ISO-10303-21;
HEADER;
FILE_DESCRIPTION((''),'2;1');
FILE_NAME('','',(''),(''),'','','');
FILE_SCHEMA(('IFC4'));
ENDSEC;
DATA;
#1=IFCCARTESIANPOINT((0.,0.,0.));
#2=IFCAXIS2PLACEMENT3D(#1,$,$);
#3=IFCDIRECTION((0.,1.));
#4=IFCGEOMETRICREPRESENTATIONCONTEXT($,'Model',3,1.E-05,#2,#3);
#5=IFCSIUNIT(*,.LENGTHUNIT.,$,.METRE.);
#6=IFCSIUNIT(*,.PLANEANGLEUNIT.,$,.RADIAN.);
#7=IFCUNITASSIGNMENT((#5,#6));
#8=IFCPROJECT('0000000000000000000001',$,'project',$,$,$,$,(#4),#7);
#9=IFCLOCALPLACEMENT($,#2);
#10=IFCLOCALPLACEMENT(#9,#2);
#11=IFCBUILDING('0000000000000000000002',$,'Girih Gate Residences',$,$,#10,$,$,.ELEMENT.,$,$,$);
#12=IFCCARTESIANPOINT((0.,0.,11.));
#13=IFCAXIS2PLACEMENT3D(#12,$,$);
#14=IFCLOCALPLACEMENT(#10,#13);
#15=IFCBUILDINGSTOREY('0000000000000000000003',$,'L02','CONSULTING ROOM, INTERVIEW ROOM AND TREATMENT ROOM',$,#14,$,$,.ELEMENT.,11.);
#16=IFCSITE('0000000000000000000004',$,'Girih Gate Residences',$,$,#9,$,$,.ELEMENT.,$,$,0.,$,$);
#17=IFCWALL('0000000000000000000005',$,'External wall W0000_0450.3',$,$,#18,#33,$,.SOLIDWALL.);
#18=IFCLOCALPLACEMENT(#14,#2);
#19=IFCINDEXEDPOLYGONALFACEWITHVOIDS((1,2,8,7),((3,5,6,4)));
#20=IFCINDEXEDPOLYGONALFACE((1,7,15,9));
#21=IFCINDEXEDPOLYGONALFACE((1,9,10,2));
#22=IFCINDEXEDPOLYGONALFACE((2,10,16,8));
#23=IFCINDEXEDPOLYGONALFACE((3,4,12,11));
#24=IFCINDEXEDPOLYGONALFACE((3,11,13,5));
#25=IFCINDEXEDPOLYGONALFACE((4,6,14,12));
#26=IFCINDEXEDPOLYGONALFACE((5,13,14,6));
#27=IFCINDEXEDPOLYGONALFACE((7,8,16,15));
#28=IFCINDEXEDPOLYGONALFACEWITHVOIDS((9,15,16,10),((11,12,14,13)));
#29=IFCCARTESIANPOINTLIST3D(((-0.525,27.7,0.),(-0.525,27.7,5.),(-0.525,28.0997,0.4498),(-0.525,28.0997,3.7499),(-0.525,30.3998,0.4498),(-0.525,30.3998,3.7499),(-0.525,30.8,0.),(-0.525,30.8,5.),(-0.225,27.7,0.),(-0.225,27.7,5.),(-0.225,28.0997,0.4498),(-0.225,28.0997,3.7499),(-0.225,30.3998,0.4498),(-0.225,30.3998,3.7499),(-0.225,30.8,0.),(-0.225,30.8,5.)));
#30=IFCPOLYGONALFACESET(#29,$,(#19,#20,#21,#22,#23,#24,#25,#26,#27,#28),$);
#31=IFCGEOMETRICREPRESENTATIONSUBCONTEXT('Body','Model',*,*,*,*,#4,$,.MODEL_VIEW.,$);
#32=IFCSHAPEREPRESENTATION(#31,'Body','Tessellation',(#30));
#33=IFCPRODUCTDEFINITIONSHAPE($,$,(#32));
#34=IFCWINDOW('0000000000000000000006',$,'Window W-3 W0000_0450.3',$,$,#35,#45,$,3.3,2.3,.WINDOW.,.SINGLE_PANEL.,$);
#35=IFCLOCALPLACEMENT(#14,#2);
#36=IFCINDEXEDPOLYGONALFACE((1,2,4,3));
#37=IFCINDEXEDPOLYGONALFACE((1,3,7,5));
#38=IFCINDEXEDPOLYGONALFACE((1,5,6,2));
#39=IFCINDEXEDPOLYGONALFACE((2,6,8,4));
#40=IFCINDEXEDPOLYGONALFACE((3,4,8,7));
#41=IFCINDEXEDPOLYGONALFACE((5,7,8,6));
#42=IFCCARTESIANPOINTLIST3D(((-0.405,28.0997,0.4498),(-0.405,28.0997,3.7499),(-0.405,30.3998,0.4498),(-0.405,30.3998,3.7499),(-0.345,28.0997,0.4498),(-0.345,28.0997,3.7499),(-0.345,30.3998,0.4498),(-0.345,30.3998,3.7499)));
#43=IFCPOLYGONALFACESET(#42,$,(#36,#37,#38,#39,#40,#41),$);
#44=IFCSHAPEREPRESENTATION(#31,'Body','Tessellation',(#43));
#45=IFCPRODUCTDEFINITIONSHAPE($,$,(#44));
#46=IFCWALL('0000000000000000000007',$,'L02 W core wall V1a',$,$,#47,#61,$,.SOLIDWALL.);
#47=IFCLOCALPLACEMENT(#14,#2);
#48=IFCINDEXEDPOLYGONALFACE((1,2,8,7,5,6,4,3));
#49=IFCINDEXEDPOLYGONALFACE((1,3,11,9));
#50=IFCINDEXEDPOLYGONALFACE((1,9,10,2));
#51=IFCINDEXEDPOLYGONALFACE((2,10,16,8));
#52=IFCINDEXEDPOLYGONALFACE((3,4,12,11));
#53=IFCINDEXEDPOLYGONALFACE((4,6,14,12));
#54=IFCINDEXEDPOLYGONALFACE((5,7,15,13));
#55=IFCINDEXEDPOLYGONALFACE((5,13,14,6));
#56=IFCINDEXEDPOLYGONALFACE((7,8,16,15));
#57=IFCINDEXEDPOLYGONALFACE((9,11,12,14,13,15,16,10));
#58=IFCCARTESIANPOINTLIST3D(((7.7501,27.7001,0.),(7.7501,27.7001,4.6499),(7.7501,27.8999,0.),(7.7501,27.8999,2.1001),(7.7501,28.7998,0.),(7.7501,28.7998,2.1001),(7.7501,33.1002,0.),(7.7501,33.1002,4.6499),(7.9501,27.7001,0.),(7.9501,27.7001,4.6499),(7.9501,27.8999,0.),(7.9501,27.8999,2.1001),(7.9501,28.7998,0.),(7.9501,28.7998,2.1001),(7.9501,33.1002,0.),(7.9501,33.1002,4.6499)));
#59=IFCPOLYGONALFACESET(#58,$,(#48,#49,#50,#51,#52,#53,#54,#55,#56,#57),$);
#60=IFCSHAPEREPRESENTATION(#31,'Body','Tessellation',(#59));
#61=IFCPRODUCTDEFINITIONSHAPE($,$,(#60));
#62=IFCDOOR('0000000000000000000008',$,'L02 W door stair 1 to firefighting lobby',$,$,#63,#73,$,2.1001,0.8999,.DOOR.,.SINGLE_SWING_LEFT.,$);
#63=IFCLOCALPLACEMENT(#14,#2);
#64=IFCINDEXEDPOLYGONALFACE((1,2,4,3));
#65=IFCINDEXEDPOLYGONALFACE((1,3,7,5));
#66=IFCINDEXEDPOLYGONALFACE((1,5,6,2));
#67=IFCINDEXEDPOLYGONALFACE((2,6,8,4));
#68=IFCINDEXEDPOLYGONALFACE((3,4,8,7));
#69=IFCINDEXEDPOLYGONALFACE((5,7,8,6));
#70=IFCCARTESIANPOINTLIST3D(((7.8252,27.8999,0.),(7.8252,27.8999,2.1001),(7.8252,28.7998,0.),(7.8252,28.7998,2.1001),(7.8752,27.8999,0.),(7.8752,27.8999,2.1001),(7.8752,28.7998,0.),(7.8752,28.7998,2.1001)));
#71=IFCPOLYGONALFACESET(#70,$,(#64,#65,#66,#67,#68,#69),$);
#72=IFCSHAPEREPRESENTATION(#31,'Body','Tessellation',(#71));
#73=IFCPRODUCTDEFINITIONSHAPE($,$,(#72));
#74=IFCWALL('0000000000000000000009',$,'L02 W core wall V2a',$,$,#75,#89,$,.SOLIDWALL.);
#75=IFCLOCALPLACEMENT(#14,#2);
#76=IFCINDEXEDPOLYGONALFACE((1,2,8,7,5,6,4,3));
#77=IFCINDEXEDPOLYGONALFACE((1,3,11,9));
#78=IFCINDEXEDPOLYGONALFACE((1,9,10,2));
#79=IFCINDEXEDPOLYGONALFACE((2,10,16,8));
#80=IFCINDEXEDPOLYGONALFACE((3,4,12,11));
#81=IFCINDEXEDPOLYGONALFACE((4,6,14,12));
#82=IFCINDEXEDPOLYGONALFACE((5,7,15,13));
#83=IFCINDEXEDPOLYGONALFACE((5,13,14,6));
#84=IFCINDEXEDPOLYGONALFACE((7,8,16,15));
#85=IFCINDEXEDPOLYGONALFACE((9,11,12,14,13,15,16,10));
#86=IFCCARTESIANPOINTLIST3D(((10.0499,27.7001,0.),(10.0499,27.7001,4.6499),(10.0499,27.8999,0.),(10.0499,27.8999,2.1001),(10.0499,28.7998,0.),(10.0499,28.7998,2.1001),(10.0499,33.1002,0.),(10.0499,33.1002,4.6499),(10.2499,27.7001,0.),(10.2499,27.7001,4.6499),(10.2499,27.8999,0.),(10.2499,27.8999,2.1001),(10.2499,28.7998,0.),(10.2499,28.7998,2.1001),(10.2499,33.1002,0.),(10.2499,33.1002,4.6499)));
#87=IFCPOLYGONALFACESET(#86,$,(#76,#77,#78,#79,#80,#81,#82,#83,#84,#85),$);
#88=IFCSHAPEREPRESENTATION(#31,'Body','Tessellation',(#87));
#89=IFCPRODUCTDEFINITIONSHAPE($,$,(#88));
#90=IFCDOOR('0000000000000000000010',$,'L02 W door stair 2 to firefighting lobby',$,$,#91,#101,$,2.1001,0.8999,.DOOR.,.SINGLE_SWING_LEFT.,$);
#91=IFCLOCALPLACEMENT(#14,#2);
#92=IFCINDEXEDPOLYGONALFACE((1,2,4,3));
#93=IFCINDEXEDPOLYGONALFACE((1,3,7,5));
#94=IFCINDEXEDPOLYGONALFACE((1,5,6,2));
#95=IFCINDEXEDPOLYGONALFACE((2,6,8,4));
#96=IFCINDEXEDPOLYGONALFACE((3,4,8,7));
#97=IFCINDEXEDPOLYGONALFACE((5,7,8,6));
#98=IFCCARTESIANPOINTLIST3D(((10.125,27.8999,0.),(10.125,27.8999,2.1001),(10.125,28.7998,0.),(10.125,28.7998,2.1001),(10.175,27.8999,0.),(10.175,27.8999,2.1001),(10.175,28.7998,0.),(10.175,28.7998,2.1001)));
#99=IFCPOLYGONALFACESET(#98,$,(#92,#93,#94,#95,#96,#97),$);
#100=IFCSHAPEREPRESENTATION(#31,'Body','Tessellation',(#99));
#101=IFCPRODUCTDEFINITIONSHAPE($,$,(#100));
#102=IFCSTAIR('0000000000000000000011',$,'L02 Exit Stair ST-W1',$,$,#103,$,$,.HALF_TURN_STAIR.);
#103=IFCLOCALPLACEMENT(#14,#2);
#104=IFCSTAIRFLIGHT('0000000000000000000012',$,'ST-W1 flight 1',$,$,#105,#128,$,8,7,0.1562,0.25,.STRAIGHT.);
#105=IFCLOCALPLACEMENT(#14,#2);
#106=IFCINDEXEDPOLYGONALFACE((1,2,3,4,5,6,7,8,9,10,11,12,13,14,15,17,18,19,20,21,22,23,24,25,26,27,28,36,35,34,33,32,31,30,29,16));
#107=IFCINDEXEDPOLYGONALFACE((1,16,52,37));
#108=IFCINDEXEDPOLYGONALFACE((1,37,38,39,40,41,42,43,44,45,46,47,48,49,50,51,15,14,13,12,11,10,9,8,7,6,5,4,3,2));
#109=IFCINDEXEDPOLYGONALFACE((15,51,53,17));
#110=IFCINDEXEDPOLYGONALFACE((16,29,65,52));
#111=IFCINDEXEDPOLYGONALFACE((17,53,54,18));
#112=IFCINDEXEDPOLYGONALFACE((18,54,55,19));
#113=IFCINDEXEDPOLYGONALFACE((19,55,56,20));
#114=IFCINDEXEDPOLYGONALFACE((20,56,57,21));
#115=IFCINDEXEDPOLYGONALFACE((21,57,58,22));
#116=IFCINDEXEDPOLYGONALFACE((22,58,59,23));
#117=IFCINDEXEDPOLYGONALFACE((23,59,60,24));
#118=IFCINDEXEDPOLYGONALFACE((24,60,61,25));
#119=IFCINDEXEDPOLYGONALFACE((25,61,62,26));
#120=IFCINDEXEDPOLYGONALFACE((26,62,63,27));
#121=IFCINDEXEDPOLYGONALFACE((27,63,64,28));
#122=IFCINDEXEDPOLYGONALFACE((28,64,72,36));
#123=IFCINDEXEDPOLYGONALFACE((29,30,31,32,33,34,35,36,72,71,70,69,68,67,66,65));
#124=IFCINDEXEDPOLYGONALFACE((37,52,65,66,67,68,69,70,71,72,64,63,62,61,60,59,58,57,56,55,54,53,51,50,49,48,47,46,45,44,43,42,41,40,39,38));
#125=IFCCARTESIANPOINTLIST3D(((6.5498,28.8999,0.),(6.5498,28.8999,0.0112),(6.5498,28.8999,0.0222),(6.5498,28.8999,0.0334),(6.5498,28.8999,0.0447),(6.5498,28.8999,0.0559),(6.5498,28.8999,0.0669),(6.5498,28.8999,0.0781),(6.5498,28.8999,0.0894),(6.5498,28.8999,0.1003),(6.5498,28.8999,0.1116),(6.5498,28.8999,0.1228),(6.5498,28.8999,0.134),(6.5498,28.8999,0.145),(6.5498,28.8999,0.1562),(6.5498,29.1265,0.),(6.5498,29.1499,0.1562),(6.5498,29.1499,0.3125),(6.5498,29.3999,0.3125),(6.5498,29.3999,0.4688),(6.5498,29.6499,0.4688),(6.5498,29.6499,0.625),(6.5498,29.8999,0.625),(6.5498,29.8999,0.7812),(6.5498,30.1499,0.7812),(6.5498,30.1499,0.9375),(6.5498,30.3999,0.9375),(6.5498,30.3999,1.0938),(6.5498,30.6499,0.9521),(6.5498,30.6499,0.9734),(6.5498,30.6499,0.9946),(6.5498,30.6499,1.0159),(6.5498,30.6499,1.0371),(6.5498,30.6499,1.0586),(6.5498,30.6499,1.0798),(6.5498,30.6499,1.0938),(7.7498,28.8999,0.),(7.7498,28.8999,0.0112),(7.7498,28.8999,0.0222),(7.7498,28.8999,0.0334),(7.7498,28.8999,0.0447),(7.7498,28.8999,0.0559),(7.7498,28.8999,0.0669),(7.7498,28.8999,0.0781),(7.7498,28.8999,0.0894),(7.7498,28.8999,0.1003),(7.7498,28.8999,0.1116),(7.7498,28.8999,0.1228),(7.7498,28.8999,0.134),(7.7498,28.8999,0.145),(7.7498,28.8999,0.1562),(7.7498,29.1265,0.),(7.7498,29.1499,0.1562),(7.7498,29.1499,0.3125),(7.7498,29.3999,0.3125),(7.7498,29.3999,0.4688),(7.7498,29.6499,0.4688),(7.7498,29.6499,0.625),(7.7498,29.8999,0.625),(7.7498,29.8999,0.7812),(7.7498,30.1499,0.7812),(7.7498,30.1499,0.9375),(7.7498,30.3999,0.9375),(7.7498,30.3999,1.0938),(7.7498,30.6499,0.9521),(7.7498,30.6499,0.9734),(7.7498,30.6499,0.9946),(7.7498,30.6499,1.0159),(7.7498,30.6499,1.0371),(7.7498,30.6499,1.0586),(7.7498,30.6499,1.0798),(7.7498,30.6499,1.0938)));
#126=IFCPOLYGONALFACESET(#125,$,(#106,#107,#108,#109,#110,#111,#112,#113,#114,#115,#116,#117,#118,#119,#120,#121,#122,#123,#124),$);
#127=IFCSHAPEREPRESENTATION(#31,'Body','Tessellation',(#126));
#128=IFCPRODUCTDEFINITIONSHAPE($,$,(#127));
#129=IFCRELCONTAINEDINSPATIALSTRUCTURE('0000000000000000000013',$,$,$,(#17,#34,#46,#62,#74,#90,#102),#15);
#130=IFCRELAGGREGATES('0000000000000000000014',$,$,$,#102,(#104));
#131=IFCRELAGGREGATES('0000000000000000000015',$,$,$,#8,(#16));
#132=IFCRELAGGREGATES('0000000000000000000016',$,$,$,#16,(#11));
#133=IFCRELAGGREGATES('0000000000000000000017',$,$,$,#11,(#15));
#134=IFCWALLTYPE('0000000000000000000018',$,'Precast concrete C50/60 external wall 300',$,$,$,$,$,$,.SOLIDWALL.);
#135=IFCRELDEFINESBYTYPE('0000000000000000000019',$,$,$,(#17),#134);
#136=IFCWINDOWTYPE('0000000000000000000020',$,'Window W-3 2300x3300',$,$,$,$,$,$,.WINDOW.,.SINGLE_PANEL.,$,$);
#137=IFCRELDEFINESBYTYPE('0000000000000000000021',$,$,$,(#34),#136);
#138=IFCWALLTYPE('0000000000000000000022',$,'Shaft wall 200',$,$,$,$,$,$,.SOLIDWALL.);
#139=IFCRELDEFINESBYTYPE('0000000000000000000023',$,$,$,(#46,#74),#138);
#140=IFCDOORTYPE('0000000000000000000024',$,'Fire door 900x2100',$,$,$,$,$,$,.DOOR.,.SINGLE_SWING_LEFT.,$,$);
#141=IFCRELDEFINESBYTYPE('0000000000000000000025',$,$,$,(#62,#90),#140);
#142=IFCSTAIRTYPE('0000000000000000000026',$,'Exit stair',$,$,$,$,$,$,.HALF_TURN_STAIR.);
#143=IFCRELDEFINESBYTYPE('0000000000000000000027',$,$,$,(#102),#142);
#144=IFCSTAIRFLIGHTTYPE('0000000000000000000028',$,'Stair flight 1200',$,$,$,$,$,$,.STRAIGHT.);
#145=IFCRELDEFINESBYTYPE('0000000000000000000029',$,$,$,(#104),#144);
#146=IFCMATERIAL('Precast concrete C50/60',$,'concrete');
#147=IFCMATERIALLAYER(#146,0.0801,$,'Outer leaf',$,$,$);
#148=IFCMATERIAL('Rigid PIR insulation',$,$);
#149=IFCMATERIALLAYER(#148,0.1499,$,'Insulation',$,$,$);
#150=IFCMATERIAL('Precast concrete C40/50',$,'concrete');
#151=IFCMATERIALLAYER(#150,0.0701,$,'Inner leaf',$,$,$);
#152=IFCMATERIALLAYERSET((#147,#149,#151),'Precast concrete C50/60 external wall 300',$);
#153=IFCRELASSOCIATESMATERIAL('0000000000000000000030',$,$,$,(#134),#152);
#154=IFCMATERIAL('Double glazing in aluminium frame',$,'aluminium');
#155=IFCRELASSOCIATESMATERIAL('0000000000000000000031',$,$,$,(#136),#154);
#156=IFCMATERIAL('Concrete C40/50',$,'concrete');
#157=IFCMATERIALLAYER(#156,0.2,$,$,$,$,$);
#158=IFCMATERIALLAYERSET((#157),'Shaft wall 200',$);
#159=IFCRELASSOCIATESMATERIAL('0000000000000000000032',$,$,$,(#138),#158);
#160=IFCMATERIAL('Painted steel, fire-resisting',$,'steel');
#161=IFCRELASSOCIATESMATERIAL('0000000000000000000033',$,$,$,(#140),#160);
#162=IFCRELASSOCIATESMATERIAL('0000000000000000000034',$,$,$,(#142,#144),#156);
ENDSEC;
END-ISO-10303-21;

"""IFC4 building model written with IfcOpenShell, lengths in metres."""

from ifc_helpers import new_model, si_unit, direction, frame, frame_2d, origin, place, context, subcontext, project, spatial, polyline, rectangle, outline, extrude, material, layer, layer_set, type_object, element, fill, aggregate, save


model = new_model("IFC4")

# Units and contexts
model_context = context("Model", 3, precision=1e-05, world=origin(), true_north=direction((0.0, 1.0)))
body_context = subcontext(model_context, "Body", "Model", "MODEL_VIEW")
ifc_project = project(units=[si_unit("LENGTHUNIT", "METRE"), si_unit("PLANEANGLEUNIT", "RADIAN")], contexts=[model_context])

# Site, building, storey
site_placement = place(None, origin())
site = spatial("IfcSite", under=ifc_project, at=site_placement, Name="Girih Gate Residences", CompositionType="ELEMENT", RefElevation=0.0)
building_placement = place(site_placement, origin())
building = spatial("IfcBuilding", under=site, at=building_placement, Name="Girih Gate Residences", CompositionType="ELEMENT")
storey_placement = place(building_placement, frame((0.0, 0.0, 11.0)))
storey = spatial("IfcBuildingStorey", under=building, at=storey_placement, Name="L02", Description="CONSULTING ROOM, INTERVIEW ROOM AND TREATMENT ROOM", CompositionType="ELEMENT", Elevation=11.0)

# Shared definitions
ifc_material_1 = material(Name="Painted steel, fire-resisting", Category="steel")

# Wall, opening, window
ifc_material_2 = material(Name="Precast concrete C50/60", Category="concrete")
ifc_layer_1 = layer(ifc_material_2, 0.0801, Name="Outer leaf")
ifc_material_3 = material(Name="Rigid PIR insulation")
ifc_layer_2 = layer(ifc_material_3, 0.1499, Name="Insulation")
ifc_material_4 = material(Name="Precast concrete C40/50", Category="concrete")
ifc_layer_3 = layer(ifc_material_4, 0.0701, Name="Inner leaf")
ifc_layer_set_1 = layer_set([ifc_layer_1, ifc_layer_2, ifc_layer_3], Name="Precast concrete C50/60 external wall 300")
wall_type_1 = type_object("IfcWallType", Name="Precast concrete C50/60 external wall 300", PredefinedType="SOLIDWALL", material=ifc_layer_set_1)
wall_1_placement = place(storey_placement, frame((-0.375, 27.7, 0.0), z_axis=(0.0, 0.0, 1.0), x_axis=(0.0, 1.0, 0.0)))
wall_1 = element("IfcWall", 1, at=wall_1_placement, inside=storey, type_object=wall_type_1, Name="External wall W0000_0450.3", PredefinedType="SOLIDWALL", context=body_context, shape_type="SweptSolid", body=[
    extrude(rectangle(XDim=3.1001, YDim=0.3, at=frame_2d((1.55, 0.0))), origin(), (0.0, 0.0, 1.0), 5.0),
])
opening_1_placement = place(wall_1_placement, frame((0.3999, 0.0, 0.45)))
opening_1 = element("IfcOpeningElement", 2, at=opening_1_placement, cuts=wall_1, PredefinedType="OPENING", context=body_context, shape_type="SweptSolid", body=[
    extrude(rectangle(XDim=2.3, YDim=3.3, at=frame_2d((1.1499, 1.6499))), frame((0.0, 0.1599, 0.0), z_axis=(0.0, -1.0, 0.0), x_axis=(1.0, 0.0, 0.0)), (0.0, 0.0, 1.0), 0.3201),
])
ifc_material_5 = material(Name="Double glazing in aluminium frame", Category="aluminium")
window_type = type_object("IfcWindowType", Name="Window W-3 2300x3300", PartitioningType="SINGLE_PANEL", PredefinedType="WINDOW", material=ifc_material_5)
window_placement = place(opening_1_placement, origin())
window = element("IfcWindow", 3, at=window_placement, inside=storey, type_object=window_type, Name="Window W-3 W0000_0450.3", OverallHeight=3.3, OverallWidth=2.3, PartitioningType="SINGLE_PANEL", PredefinedType="WINDOW", context=body_context, shape_type="SweptSolid", body=[
    extrude(rectangle(XDim=2.3, YDim=3.3, at=frame_2d((1.1499, 1.6499))), frame((0.0, 0.03, 0.0), z_axis=(0.0, -1.0, 0.0), x_axis=(1.0, 0.0, 0.0)), (0.0, 0.0, 1.0), 0.0601),
])
fill(opening_1, window)

# Walls, openings, doors
ifc_material_6 = material(Name="Concrete C40/50", Category="concrete")
ifc_layer_4 = layer(ifc_material_6, 0.2)
ifc_layer_set_2 = layer_set([ifc_layer_4], Name="Shaft wall 200")
wall_type_2 = type_object("IfcWallType", Name="Shaft wall 200", PredefinedType="SOLIDWALL", material=ifc_layer_set_2)
wall_2_placement = place(storey_placement, frame((7.8501, 27.7, 0.0), z_axis=(0.0, 0.0, 1.0), x_axis=(0.0, 1.0, 0.0)))
wall_2 = element("IfcWall", 4, at=wall_2_placement, inside=storey, type_object=wall_type_2, Name="L02 W core wall V1a", PredefinedType="SOLIDWALL", context=body_context, shape_type="SweptSolid", body=[
    extrude(rectangle(XDim=5.4001, YDim=0.2, at=frame_2d((2.7002, 0.0))), origin(), (0.0, 0.0, 1.0), 4.6499),
])
opening_2_placement = place(wall_2_placement, frame((0.2, 0.0, 0.0)))
opening_2 = element("IfcOpeningElement", 5, at=opening_2_placement, cuts=wall_2, PredefinedType="OPENING", context=body_context, shape_type="SweptSolid", body=[
    extrude(rectangle(XDim=0.8999, YDim=2.1001, at=frame_2d((0.45, 1.05))), frame((0.0, 0.1099, 0.0), z_axis=(0.0, -1.0, 0.0), x_axis=(1.0, 0.0, 0.0)), (0.0, 0.0, 1.0), 0.22),
])
door_type_1 = type_object("IfcDoorType", Name="Fire door 900x2100", OperationType="SINGLE_SWING_LEFT", PredefinedType="DOOR", material=ifc_material_1)
door_1_placement = place(opening_2_placement, origin())
door_1 = element("IfcDoor", 6, at=door_1_placement, inside=storey, type_object=door_type_1, Name="L02 W door stair 1 to firefighting lobby", OperationType="SINGLE_SWING_LEFT", OverallHeight=2.1001, OverallWidth=0.8999, PredefinedType="DOOR", context=body_context, shape_type="SweptSolid", body=[
    extrude(rectangle(XDim=0.8999, YDim=2.1001, at=frame_2d((0.45, 1.05))), frame((0.0, 0.0249, 0.0), z_axis=(0.0, -1.0, 0.0), x_axis=(1.0, 0.0, 0.0)), (0.0, 0.0, 1.0), 0.05),
])
fill(opening_2, door_1)
wall_3_placement = place(storey_placement, frame((10.1499, 27.7, 0.0), z_axis=(0.0, 0.0, 1.0), x_axis=(0.0, 1.0, 0.0)))
wall_3 = element("IfcWall", 7, at=wall_3_placement, inside=storey, type_object=wall_type_2, Name="L02 W core wall V2a", PredefinedType="SOLIDWALL", context=body_context, shape_type="SweptSolid", body=[
    extrude(rectangle(XDim=5.4001, YDim=0.2, at=frame_2d((2.7002, 0.0))), origin(), (0.0, 0.0, 1.0), 4.6499),
])
opening_3_placement = place(wall_3_placement, frame((0.2, 0.0, 0.0)))
opening_3 = element("IfcOpeningElement", 8, at=opening_3_placement, cuts=wall_3, PredefinedType="OPENING", context=body_context, shape_type="SweptSolid", body=[
    extrude(rectangle(XDim=0.8999, YDim=2.1001, at=frame_2d((0.45, 1.05))), frame((0.0, 0.1099, 0.0), z_axis=(0.0, -1.0, 0.0), x_axis=(1.0, 0.0, 0.0)), (0.0, 0.0, 1.0), 0.22),
])
door_2_placement = place(opening_3_placement, origin())
door_2 = element("IfcDoor", 9, at=door_2_placement, inside=storey, type_object=door_type_1, Name="L02 W door stair 2 to firefighting lobby", OperationType="SINGLE_SWING_LEFT", OverallHeight=2.1001, OverallWidth=0.8999, PredefinedType="DOOR", context=body_context, shape_type="SweptSolid", body=[
    extrude(rectangle(XDim=0.8999, YDim=2.1001, at=frame_2d((0.45, 1.05))), frame((0.0, 0.0249, 0.0), z_axis=(0.0, -1.0, 0.0), x_axis=(1.0, 0.0, 0.0)), (0.0, 0.0, 1.0), 0.05),
])
fill(opening_3, door_2)

# Stair, stair flight
stair_type = type_object("IfcStairType", Name="Exit stair", PredefinedType="HALF_TURN_STAIR", material=ifc_material_6)
stair_placement = place(storey_placement, origin())
stair = element("IfcStair", 10, at=stair_placement, inside=storey, type_object=stair_type, Name="L02 Exit Stair ST-W1", PredefinedType="HALF_TURN_STAIR")
stair_flight_type = type_object("IfcStairFlightType", Name="Stair flight 1200", PredefinedType="STRAIGHT", material=ifc_material_6)
stair_flight_1_placement = place(storey_placement, frame((7.1499, 28.8999, 0.0), z_axis=(0.0, 0.0, 1.0), x_axis=(0.0, 1.0, 0.0)))
stair_flight_1 = element("IfcStairFlight", 11, at=stair_flight_1_placement, type_object=stair_flight_type, Name="ST-W1 flight 1", NumberOfRisers=8, NumberOfTreads=7, PredefinedType="STRAIGHT", RiserHeight=0.1562, TreadLength=0.25, context=body_context, shape_type="SweptSolid", body=[
    extrude(outline(polyline([(0.0, 0.0), (0.0, 0.0112), (0.0, 0.0222), (0.0, 0.0334), (0.0, 0.0447), (0.0, 0.0559), (0.0, 0.0669), (0.0, 0.0781), (0.0, 0.0894), (0.0, 0.1003), (0.0, 0.1116), (0.0, 0.1228), (0.0, 0.134), (0.0, 0.145), (0.0, 0.1562), (0.25, 0.1562), (0.25, 0.3125), (0.5, 0.3125), (0.5, 0.4688), (0.75, 0.4688), (0.75, 0.625), (1.0, 0.625), (1.0, 0.7812), (1.25, 0.7812), (1.25, 0.9375), (1.5, 0.9375), (1.5, 1.0938), (1.75, 1.0938), (1.75, 1.105), (1.75, 1.116), (1.75, 1.1272), (1.75, 1.1384), (1.75, 1.1497), (1.75, 1.1606), (1.75, 1.1719), (1.75, 1.1831), (1.75, 1.1941), (1.75, 1.2053), (1.75, 1.2166), (1.75, 1.2278), (1.75, 1.2388), (1.75, 1.25), (1.75, 1.2288), (1.75, 1.2075), (1.75, 1.1863), (1.75, 1.1648), (1.75, 1.1436), (1.75, 1.1223), (1.75, 1.1011), (1.75, 1.0798), (1.75, 1.0586), (1.75, 1.0371), (1.75, 1.0159), (1.75, 0.9946), (1.75, 0.9734), (1.75, 0.9521), (0.2266, 0.0), (0.0, 0.0)])), frame((0.0, 0.6001, 0.0), z_axis=(0.0, -1.0, 0.0), x_axis=(1.0, 0.0, 0.0)), (0.0, 0.0, 1.0), 1.2),
])
aggregate(stair, [stair_flight_1])

save(model, "model.ifc")
